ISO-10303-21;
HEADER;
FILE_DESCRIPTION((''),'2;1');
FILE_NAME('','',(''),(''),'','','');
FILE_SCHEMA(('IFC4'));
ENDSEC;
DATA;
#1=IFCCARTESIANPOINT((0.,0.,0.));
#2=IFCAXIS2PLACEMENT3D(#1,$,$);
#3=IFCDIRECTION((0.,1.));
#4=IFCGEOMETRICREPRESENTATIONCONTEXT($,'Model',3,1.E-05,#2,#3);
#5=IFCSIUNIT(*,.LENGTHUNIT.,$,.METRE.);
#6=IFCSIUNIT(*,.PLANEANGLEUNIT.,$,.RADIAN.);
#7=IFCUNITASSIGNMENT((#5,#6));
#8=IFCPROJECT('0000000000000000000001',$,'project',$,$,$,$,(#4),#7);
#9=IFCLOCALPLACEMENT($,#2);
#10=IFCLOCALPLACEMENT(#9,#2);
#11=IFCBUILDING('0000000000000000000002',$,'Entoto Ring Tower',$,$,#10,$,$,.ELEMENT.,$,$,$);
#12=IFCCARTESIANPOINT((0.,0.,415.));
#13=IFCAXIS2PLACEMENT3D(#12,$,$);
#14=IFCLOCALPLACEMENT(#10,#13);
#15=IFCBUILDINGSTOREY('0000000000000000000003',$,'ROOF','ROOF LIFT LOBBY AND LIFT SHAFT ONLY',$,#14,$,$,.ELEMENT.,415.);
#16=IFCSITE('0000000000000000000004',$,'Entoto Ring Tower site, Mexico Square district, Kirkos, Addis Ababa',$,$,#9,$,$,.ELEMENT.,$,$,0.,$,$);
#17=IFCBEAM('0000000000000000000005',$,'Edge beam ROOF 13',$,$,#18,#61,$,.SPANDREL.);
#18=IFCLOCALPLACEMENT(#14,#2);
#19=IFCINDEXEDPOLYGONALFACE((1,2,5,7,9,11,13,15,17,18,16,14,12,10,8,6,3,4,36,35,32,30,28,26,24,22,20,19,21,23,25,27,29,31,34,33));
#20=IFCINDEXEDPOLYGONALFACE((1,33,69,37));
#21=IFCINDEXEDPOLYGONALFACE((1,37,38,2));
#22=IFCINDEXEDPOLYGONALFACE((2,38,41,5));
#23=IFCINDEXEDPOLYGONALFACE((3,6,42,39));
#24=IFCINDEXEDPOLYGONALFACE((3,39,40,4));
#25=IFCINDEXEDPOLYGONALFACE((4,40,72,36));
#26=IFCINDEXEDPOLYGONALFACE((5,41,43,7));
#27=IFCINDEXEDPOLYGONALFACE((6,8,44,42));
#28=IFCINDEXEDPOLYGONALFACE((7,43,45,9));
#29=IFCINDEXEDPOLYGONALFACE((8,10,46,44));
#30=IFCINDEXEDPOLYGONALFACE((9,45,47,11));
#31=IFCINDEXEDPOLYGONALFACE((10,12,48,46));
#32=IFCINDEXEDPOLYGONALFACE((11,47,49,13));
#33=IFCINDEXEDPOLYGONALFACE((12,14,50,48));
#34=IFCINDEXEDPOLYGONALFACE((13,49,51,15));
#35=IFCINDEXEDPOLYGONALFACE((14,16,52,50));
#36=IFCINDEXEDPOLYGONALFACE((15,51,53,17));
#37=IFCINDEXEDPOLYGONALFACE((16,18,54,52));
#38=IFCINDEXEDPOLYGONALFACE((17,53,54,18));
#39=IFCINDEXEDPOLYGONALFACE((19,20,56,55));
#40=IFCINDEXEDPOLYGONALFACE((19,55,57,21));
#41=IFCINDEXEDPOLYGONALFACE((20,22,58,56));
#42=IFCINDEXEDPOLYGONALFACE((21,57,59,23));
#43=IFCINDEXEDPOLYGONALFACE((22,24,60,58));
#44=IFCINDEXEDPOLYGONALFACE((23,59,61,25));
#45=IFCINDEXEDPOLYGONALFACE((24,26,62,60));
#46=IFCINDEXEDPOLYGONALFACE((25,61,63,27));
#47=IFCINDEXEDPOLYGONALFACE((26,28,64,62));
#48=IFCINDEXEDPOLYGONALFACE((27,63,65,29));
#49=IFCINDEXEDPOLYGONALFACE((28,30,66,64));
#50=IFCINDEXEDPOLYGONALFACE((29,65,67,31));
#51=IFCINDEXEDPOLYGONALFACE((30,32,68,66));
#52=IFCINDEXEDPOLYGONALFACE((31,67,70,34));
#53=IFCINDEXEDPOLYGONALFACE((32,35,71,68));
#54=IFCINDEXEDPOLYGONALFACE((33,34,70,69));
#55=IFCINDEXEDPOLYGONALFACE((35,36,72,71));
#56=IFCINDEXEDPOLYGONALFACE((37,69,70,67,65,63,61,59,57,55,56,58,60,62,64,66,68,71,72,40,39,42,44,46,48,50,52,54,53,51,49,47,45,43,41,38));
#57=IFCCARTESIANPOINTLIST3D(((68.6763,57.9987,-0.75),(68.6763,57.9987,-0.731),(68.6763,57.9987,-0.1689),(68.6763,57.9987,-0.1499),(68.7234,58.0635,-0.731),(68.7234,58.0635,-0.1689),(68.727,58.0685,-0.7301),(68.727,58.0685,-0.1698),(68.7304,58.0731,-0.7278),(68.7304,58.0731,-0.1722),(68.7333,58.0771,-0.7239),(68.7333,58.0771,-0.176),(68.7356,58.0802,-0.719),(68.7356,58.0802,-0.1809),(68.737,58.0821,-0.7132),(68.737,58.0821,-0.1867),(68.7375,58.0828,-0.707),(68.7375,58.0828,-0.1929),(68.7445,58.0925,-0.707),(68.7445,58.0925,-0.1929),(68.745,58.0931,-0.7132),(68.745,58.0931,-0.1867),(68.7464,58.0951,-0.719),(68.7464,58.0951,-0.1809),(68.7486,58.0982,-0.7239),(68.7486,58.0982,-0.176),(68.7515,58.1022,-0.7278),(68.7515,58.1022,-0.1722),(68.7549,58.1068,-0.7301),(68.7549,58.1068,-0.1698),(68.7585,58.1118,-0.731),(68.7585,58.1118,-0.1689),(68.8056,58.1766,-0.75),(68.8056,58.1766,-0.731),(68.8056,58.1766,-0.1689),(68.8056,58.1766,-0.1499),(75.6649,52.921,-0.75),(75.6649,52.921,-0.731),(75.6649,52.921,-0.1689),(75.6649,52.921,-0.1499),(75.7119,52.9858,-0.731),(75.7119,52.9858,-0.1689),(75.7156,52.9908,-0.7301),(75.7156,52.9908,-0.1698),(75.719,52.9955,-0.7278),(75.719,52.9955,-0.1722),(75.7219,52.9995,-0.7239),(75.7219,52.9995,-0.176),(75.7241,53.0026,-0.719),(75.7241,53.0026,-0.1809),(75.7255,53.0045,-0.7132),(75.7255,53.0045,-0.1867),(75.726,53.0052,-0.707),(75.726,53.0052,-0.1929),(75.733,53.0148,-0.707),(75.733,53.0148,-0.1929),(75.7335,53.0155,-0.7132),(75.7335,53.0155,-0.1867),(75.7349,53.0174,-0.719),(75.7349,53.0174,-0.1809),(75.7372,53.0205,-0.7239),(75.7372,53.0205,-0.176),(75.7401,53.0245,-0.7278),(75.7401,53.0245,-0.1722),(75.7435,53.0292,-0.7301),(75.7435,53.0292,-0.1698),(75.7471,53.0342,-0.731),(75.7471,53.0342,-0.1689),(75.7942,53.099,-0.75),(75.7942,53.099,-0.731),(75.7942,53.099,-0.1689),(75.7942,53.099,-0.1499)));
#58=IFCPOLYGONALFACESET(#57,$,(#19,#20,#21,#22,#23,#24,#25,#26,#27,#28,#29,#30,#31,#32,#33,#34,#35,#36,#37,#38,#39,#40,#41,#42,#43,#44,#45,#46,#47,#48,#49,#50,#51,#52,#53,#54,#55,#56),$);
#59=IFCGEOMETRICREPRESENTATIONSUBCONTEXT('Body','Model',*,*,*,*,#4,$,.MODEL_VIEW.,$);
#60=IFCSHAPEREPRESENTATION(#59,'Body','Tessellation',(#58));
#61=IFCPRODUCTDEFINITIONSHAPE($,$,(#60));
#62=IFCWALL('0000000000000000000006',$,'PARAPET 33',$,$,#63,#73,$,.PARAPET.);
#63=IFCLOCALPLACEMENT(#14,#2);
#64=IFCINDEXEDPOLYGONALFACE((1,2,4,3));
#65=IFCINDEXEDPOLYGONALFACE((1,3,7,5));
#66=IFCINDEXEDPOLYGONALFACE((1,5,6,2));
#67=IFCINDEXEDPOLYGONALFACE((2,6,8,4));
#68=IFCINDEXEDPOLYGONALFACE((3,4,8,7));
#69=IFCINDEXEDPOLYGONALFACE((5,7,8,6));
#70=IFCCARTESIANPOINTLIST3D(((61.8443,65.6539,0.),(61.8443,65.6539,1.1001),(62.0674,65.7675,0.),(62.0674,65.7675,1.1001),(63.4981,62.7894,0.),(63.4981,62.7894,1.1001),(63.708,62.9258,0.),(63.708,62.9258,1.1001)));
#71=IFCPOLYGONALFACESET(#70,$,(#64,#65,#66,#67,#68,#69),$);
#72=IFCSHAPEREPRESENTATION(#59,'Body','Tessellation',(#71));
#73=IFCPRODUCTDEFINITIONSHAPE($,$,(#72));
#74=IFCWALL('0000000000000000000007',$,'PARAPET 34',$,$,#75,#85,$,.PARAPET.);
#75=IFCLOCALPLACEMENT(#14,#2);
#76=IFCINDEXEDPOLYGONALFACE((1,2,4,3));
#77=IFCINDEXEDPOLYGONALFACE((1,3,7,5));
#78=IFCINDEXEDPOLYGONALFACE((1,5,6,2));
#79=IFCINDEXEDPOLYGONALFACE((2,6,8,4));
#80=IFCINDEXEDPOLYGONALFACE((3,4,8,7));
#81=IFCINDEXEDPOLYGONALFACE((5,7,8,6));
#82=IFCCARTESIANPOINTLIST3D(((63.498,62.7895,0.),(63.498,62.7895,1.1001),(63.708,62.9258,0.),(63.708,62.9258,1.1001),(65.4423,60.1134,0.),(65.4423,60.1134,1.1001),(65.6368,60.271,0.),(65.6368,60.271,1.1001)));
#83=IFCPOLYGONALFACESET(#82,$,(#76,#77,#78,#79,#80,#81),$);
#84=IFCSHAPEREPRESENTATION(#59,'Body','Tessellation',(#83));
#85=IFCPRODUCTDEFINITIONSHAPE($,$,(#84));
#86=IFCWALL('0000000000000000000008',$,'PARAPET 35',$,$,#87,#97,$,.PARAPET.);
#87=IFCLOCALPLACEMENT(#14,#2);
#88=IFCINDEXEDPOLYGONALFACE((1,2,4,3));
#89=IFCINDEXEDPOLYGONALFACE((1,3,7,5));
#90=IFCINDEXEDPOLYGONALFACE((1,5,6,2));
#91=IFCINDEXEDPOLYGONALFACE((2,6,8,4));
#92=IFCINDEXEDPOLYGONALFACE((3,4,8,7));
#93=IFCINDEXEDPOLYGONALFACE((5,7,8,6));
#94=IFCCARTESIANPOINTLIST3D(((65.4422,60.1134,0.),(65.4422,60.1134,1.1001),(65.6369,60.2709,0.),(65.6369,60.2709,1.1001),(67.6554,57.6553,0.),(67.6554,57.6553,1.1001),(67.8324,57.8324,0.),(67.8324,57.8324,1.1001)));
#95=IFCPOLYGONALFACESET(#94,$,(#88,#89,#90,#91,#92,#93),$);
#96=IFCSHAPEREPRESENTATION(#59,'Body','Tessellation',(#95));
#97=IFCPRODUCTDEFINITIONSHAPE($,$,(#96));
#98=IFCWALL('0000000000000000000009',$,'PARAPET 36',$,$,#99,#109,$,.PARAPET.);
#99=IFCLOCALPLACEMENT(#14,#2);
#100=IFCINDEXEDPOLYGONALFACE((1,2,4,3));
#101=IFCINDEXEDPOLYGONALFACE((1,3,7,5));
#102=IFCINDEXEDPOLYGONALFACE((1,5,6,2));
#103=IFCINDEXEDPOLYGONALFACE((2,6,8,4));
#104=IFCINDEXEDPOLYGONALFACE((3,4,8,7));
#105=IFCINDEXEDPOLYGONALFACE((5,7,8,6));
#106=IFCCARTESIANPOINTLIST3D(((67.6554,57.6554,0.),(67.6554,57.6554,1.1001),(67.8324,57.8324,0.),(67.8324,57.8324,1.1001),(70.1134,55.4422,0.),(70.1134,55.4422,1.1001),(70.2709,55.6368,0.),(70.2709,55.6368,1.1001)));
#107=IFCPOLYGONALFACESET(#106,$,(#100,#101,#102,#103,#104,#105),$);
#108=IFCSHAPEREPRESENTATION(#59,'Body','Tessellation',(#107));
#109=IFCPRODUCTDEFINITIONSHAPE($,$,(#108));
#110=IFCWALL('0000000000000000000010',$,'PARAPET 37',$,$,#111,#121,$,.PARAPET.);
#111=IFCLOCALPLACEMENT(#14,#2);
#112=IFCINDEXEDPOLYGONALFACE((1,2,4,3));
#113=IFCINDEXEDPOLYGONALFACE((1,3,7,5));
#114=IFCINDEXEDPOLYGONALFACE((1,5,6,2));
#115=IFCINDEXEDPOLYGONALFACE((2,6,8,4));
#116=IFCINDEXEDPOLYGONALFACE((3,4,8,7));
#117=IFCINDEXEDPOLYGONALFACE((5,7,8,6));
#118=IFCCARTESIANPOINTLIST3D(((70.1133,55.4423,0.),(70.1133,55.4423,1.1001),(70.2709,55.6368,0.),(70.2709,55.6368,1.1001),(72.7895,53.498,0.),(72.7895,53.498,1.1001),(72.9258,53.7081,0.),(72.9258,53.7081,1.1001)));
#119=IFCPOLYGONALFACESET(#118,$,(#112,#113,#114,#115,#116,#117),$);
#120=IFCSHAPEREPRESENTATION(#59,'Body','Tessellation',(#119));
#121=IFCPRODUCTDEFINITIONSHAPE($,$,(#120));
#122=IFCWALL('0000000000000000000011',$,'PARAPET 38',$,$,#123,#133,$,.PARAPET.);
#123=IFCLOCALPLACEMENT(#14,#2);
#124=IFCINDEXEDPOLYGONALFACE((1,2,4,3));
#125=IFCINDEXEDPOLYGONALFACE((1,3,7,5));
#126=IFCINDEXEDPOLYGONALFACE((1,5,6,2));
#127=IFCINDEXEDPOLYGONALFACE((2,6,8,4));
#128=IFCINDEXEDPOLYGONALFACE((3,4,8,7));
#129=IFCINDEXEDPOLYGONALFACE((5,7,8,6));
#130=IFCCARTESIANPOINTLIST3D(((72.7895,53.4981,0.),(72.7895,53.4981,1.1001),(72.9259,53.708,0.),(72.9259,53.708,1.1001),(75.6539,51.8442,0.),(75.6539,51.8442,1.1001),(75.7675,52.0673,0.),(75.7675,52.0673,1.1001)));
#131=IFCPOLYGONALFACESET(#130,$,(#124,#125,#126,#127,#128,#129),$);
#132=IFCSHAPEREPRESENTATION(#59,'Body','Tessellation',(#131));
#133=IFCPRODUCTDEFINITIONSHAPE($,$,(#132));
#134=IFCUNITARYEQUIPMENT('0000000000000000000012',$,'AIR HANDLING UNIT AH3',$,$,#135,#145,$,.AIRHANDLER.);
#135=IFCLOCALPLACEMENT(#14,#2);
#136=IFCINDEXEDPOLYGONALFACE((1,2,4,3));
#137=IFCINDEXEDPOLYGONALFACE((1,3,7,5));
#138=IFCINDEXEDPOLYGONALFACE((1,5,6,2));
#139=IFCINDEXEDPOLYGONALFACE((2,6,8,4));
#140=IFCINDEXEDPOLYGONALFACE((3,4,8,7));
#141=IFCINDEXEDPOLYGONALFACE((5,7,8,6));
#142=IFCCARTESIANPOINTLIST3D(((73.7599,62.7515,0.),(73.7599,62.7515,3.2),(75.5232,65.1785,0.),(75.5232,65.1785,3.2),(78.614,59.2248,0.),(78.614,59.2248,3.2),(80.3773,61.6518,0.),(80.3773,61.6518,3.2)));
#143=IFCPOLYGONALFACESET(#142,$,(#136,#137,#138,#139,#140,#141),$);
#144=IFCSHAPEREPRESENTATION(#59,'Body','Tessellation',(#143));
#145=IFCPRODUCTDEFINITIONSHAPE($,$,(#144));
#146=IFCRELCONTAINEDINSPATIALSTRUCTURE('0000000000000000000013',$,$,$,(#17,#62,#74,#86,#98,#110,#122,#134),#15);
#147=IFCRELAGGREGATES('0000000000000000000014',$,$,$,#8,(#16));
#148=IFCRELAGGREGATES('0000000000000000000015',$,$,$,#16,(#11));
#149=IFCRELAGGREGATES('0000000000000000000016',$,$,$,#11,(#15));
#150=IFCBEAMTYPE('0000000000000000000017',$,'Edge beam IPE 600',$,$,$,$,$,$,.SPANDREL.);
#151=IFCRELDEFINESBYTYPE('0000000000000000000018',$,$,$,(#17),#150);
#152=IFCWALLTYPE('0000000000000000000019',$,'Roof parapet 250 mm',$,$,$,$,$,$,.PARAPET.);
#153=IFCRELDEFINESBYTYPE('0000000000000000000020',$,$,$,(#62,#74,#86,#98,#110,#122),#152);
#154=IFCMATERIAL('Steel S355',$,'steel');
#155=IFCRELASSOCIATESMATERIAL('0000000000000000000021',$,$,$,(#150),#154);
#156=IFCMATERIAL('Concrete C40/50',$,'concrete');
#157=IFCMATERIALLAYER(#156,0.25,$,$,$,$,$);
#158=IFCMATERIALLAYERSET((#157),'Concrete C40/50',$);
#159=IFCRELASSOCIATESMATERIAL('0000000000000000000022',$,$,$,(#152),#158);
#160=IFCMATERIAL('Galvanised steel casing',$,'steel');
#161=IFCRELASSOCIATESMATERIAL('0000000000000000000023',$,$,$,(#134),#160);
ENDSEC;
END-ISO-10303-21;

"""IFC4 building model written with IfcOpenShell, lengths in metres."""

from ifc_helpers import new_model, si_unit, direction, frame, origin, origin_2d, place, context, subcontext, project, spatial, polyline, rectangle, i_section, outline, extrude, material, layer, layer_set, material_profile, profile_set, type_object, element, save


model = new_model("IFC4")

# Units and contexts
model_context = context("Model", 3, precision=1e-05, world=origin(), true_north=direction((0.0, 1.0)))
body_context = subcontext(model_context, "Body", "Model", "MODEL_VIEW")
ifc_project = project(units=[si_unit("LENGTHUNIT", "METRE"), si_unit("PLANEANGLEUNIT", "RADIAN")], contexts=[model_context])

# Site, building, storey
site_placement = place(None, origin())
site = spatial("IfcSite", under=ifc_project, at=site_placement, Name="Entoto Ring Tower site, Mexico Square district, Kirkos, Addis Ababa", CompositionType="ELEMENT", RefElevation=0.0)
building_placement = place(site_placement, origin())
building = spatial("IfcBuilding", under=site, at=building_placement, Name="Entoto Ring Tower", CompositionType="ELEMENT")
storey_placement = place(building_placement, frame((0.0, 0.0, 415.0)))
storey = spatial("IfcBuildingStorey", under=building, at=storey_placement, Name="ROOF", Description="ROOF LIFT LOBBY AND LIFT SHAFT ONLY", CompositionType="ELEMENT", Elevation=415.0)

# Beam
ifc_material_1 = material(Name="Steel S355", Category="steel")
ifc_material_profile_1 = material_profile(ifc_material_1, i_section(OverallWidth=0.22, OverallDepth=0.6001, WebThickness=0.012, FlangeThickness=0.019, FilletRadius=0.0239, at=origin_2d()), Name="IPE 600")
ifc_profile_set_1 = profile_set([ifc_material_profile_1], Name="Steel S355")
beam_type_1 = type_object("IfcBeamType", Name="Edge beam IPE 600", PredefinedType="SPANDREL", material=ifc_profile_set_1)
for number, where, z_axis, x_axis, name in (
    (1, (68.741, 58.0876, -0.45), (0.809007, -0.587799, 0.0), (0.587799, 0.809007, 0.0), "Edge beam ROOF 13"),
):
    element("IfcBeam", number, at=place(storey_placement, frame(where, z_axis=z_axis, x_axis=x_axis)), inside=storey, type_object=beam_type_1, Name=name, PredefinedType="SPANDREL", context=body_context, shape_type="SweptSolid", body=[
        extrude(i_section(OverallWidth=0.22, OverallDepth=0.6001, WebThickness=0.012, FlangeThickness=0.019, FilletRadius=0.0239, at=origin_2d()), origin(), (0.0, 0.0, 1.0), 8.6384),
    ])

# Walls
ifc_material_2 = material(Name="Concrete C40/50", Category="concrete")
ifc_layer = layer(ifc_material_2, 0.25)
ifc_layer_set = layer_set([ifc_layer], Name="Concrete C40/50")
wall_type = type_object("IfcWallType", Name="Roof parapet 250 mm", PredefinedType="PARAPET", material=ifc_layer_set)
wall_1_placement = place(storey_placement, frame((61.9558, 65.7107, 0.0), z_axis=(0.0, 0.0, 1.0), x_axis=(0.500005, -0.866023, 0.0)))
element("IfcWall", 2, at=wall_1_placement, inside=storey, type_object=wall_type, Name="PARAPET 33", PredefinedType="PARAPET", context=body_context, shape_type="SweptSolid", body=[
    extrude(outline(polyline([(-0.0066, -0.125), (3.301, -0.125), (3.2878, 0.125), (0.0066, 0.125), (-0.0066, -0.125)])), origin(), (0.0, 0.0, 1.0), 1.1001),
])
wall_2_placement = place(storey_placement, frame((63.603, 62.8577, 0.0), z_axis=(0.0, 0.0, 1.0), x_axis=(0.587766, -0.809031, 0.0)))
element("IfcWall", 3, at=wall_2_placement, inside=storey, type_object=wall_type, Name="PARAPET 34", PredefinedType="PARAPET", context=body_context, shape_type="SweptSolid", body=[
    extrude(outline(polyline([(-0.0066, -0.125), (3.3013, -0.125), (3.2881, 0.125), (0.0066, 0.125), (-0.0066, -0.125)])), origin(), (0.0, 0.0, 1.0), 1.1001),
])
for number, where, z_axis, x_axis, name in (
    (4, (65.5396, 60.1921, 0.0), (0.0, 0.0, 1.0), (0.66912, -0.743154, 0.0), "PARAPET 35"),
    (5, (67.7439, 57.7439, 0.0), (0.0, 0.0, 1.0), (0.743154, -0.66912, 0.0), "PARAPET 36"),
):
    element("IfcWall", number, at=place(storey_placement, frame(where, z_axis=z_axis, x_axis=x_axis)), inside=storey, type_object=wall_type, Name=name, PredefinedType="PARAPET", context=body_context, shape_type="SweptSolid", body=[
        extrude(outline(polyline([(-0.0066, -0.125), (3.301, -0.125), (3.2878, 0.125), (0.0066, 0.125), (-0.0066, -0.125)])), origin(), (0.0, 0.0, 1.0), 1.1001),
    ])
wall_3_placement = place(storey_placement, frame((70.1921, 55.5396, 0.0), z_axis=(0.0, 0.0, 1.0), x_axis=(0.809031, -0.587766, 0.0)))
element("IfcWall", 6, at=wall_3_placement, inside=storey, type_object=wall_type, Name="PARAPET 37", PredefinedType="PARAPET", context=body_context, shape_type="SweptSolid", body=[
    extrude(outline(polyline([(-0.0066, -0.125), (3.3013, -0.125), (3.2881, 0.125), (0.0066, 0.125), (-0.0066, -0.125)])), origin(), (0.0, 0.0, 1.0), 1.1001),
])
wall_4_placement = place(storey_placement, frame((72.8577, 53.603, 0.0), z_axis=(0.0, 0.0, 1.0), x_axis=(0.866023, -0.500005, 0.0)))
element("IfcWall", 7, at=wall_4_placement, inside=storey, type_object=wall_type, Name="PARAPET 38", PredefinedType="PARAPET", context=body_context, shape_type="SweptSolid", body=[
    extrude(outline(polyline([(-0.0066, -0.125), (3.301, -0.125), (3.2878, 0.125), (0.0066, 0.125), (-0.0066, -0.125)])), origin(), (0.0, 0.0, 1.0), 1.1001),
])

# Unitary equipment
ifc_material_3 = material(Name="Galvanised steel casing", Category="steel")
unitary_equipment_placement = place(storey_placement, frame((77.0686, 62.2017, 0.0), z_axis=(0.0, 0.0, 1.0), x_axis=(-0.587785, -0.809017, 0.0)))
element("IfcUnitaryEquipment", 8, at=unitary_equipment_placement, inside=storey, material=ifc_material_3, Name="AIR HANDLING UNIT AH3", PredefinedType="AIRHANDLER", context=body_context, shape_type="SweptSolid", body=[
    extrude(rectangle(XDim=3.0, YDim=6.0, at=origin_2d()), origin(), (0.0, 0.0, 1.0), 3.2),
])

save(model, "model.ifc")
